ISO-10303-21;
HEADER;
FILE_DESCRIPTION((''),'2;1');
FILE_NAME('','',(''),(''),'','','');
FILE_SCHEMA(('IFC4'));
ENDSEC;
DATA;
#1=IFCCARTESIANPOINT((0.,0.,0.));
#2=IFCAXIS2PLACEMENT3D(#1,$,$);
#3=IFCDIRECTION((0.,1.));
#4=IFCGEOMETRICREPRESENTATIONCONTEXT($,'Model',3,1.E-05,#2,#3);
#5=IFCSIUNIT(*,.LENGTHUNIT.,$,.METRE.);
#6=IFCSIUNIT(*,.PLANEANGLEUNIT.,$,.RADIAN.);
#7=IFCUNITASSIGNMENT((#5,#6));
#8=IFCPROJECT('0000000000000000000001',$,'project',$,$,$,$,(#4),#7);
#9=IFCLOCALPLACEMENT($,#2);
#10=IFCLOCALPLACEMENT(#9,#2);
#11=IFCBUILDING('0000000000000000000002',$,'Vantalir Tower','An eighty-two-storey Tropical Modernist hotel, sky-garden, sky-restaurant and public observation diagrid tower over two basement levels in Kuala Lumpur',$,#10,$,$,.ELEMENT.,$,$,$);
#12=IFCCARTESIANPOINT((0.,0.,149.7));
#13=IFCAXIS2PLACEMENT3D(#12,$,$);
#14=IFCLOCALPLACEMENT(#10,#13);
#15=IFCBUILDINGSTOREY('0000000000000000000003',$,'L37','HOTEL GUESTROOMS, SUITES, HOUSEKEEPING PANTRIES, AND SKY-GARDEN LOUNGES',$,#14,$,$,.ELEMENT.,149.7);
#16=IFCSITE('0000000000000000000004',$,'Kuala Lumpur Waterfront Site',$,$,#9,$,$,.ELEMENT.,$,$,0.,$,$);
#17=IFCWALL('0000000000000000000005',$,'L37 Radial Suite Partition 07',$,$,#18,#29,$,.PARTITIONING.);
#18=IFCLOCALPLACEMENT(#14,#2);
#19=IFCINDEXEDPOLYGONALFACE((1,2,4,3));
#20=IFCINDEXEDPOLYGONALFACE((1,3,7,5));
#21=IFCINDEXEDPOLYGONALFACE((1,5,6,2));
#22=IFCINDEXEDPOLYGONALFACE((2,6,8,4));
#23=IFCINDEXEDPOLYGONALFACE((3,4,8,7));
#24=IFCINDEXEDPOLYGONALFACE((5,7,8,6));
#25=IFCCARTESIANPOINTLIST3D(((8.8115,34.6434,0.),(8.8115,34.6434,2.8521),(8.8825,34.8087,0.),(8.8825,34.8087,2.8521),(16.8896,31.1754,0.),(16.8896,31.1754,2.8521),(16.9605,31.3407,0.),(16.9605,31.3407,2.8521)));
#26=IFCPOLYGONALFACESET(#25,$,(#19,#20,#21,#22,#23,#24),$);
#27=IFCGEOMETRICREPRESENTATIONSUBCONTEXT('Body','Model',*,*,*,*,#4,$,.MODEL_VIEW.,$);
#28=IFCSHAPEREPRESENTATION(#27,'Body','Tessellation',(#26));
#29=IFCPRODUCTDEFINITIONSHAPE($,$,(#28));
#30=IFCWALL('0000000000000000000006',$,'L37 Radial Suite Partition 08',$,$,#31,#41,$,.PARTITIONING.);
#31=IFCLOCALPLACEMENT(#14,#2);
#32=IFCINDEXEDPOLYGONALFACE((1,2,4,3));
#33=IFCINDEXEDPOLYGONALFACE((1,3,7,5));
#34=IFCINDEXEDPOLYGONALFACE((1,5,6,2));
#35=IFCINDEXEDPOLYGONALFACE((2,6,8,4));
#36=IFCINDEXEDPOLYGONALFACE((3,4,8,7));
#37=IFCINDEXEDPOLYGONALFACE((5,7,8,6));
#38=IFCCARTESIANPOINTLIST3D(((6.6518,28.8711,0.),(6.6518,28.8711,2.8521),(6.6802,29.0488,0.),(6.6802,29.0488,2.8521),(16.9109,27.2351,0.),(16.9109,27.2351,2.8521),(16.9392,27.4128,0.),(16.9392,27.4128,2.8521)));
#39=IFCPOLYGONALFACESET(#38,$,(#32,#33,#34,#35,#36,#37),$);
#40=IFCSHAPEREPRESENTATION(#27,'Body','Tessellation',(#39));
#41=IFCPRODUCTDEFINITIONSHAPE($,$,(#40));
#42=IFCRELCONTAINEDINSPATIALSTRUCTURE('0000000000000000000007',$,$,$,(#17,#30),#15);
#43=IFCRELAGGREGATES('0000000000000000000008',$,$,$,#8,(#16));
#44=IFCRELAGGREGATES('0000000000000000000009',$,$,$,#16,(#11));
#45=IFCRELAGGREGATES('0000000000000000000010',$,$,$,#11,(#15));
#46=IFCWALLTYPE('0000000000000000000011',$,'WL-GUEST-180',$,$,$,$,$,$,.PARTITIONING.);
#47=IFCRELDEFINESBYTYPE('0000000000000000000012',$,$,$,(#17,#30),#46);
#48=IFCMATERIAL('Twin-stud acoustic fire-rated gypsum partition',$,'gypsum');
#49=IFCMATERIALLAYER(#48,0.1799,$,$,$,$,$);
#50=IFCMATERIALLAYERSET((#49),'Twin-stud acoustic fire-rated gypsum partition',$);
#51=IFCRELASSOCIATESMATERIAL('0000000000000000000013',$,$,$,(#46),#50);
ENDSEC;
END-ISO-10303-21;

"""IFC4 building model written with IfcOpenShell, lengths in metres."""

from ifc_helpers import new_model, si_unit, direction, frame, frame_2d, origin, place, context, subcontext, project, spatial, rectangle, extrude, material, layer, layer_set, type_object, element, save


model = new_model("IFC4")

# Units and contexts
model_context = context("Model", 3, precision=1e-05, world=origin(), true_north=direction((0.0, 1.0)))
body_context = subcontext(model_context, "Body", "Model", "MODEL_VIEW")
ifc_project = project(units=[si_unit("LENGTHUNIT", "METRE"), si_unit("PLANEANGLEUNIT", "RADIAN")], contexts=[model_context])

# Site, building, storey
site_placement = place(None, origin())
site = spatial("IfcSite", under=ifc_project, at=site_placement, Name="Kuala Lumpur Waterfront Site", CompositionType="ELEMENT", RefElevation=0.0)
building_placement = place(site_placement, origin())
building = spatial("IfcBuilding", under=site, at=building_placement, Name="Vantalir Tower", Description="An eighty-two-storey Tropical Modernist hotel, sky-garden, sky-restaurant and public observation diagrid tower over two basement levels in Kuala Lumpur", CompositionType="ELEMENT")
storey_placement = place(building_placement, frame((0.0, 0.0, 149.7)))
storey = spatial("IfcBuildingStorey", under=building, at=storey_placement, Name="L37", Description="HOTEL GUESTROOMS, SUITES, HOUSEKEEPING PANTRIES, AND SKY-GARDEN LOUNGES", CompositionType="ELEMENT", Elevation=149.7)

# Walls
ifc_material_1 = material(Name="Twin-stud acoustic fire-rated gypsum partition", Category="gypsum")
ifc_layer_1 = layer(ifc_material_1, 0.1799)
ifc_layer_set_1 = layer_set([ifc_layer_1], Name="Twin-stud acoustic fire-rated gypsum partition")
wall_type_1 = type_object("IfcWallType", Name="WL-GUEST-180", PredefinedType="PARTITIONING", material=ifc_layer_set_1)
wall_1_placement = place(storey_placement, frame((16.925, 31.2581, 0.0), z_axis=(0.0, 0.0, 1.0), x_axis=(-0.918899, 0.394492, 0.0)))
element("IfcWall", 1, at=wall_1_placement, inside=storey, type_object=wall_type_1, Name="L37 Radial Suite Partition 07", PredefinedType="PARTITIONING", context=body_context, shape_type="SweptSolid", body=[
    extrude(rectangle(XDim=8.791, YDim=0.1799, at=frame_2d((4.3955, 0.0))), origin(), (0.0, 0.0, 1.0), 2.8521),
])
wall_2_placement = place(storey_placement, frame((16.925, 27.324, 0.0), z_axis=(0.0, 0.0, 1.0), x_axis=(-0.987522, 0.157478, 0.0)))
element("IfcWall", 2, at=wall_2_placement, inside=storey, type_object=wall_type_1, Name="L37 Radial Suite Partition 08", PredefinedType="PARTITIONING", context=body_context, shape_type="SweptSolid", body=[
    extrude(rectangle(XDim=10.3887, YDim=0.1799, at=frame_2d((5.1943, 0.0))), origin(), (0.0, 0.0, 1.0), 2.8521),
])

save(model, "model.ifc")
